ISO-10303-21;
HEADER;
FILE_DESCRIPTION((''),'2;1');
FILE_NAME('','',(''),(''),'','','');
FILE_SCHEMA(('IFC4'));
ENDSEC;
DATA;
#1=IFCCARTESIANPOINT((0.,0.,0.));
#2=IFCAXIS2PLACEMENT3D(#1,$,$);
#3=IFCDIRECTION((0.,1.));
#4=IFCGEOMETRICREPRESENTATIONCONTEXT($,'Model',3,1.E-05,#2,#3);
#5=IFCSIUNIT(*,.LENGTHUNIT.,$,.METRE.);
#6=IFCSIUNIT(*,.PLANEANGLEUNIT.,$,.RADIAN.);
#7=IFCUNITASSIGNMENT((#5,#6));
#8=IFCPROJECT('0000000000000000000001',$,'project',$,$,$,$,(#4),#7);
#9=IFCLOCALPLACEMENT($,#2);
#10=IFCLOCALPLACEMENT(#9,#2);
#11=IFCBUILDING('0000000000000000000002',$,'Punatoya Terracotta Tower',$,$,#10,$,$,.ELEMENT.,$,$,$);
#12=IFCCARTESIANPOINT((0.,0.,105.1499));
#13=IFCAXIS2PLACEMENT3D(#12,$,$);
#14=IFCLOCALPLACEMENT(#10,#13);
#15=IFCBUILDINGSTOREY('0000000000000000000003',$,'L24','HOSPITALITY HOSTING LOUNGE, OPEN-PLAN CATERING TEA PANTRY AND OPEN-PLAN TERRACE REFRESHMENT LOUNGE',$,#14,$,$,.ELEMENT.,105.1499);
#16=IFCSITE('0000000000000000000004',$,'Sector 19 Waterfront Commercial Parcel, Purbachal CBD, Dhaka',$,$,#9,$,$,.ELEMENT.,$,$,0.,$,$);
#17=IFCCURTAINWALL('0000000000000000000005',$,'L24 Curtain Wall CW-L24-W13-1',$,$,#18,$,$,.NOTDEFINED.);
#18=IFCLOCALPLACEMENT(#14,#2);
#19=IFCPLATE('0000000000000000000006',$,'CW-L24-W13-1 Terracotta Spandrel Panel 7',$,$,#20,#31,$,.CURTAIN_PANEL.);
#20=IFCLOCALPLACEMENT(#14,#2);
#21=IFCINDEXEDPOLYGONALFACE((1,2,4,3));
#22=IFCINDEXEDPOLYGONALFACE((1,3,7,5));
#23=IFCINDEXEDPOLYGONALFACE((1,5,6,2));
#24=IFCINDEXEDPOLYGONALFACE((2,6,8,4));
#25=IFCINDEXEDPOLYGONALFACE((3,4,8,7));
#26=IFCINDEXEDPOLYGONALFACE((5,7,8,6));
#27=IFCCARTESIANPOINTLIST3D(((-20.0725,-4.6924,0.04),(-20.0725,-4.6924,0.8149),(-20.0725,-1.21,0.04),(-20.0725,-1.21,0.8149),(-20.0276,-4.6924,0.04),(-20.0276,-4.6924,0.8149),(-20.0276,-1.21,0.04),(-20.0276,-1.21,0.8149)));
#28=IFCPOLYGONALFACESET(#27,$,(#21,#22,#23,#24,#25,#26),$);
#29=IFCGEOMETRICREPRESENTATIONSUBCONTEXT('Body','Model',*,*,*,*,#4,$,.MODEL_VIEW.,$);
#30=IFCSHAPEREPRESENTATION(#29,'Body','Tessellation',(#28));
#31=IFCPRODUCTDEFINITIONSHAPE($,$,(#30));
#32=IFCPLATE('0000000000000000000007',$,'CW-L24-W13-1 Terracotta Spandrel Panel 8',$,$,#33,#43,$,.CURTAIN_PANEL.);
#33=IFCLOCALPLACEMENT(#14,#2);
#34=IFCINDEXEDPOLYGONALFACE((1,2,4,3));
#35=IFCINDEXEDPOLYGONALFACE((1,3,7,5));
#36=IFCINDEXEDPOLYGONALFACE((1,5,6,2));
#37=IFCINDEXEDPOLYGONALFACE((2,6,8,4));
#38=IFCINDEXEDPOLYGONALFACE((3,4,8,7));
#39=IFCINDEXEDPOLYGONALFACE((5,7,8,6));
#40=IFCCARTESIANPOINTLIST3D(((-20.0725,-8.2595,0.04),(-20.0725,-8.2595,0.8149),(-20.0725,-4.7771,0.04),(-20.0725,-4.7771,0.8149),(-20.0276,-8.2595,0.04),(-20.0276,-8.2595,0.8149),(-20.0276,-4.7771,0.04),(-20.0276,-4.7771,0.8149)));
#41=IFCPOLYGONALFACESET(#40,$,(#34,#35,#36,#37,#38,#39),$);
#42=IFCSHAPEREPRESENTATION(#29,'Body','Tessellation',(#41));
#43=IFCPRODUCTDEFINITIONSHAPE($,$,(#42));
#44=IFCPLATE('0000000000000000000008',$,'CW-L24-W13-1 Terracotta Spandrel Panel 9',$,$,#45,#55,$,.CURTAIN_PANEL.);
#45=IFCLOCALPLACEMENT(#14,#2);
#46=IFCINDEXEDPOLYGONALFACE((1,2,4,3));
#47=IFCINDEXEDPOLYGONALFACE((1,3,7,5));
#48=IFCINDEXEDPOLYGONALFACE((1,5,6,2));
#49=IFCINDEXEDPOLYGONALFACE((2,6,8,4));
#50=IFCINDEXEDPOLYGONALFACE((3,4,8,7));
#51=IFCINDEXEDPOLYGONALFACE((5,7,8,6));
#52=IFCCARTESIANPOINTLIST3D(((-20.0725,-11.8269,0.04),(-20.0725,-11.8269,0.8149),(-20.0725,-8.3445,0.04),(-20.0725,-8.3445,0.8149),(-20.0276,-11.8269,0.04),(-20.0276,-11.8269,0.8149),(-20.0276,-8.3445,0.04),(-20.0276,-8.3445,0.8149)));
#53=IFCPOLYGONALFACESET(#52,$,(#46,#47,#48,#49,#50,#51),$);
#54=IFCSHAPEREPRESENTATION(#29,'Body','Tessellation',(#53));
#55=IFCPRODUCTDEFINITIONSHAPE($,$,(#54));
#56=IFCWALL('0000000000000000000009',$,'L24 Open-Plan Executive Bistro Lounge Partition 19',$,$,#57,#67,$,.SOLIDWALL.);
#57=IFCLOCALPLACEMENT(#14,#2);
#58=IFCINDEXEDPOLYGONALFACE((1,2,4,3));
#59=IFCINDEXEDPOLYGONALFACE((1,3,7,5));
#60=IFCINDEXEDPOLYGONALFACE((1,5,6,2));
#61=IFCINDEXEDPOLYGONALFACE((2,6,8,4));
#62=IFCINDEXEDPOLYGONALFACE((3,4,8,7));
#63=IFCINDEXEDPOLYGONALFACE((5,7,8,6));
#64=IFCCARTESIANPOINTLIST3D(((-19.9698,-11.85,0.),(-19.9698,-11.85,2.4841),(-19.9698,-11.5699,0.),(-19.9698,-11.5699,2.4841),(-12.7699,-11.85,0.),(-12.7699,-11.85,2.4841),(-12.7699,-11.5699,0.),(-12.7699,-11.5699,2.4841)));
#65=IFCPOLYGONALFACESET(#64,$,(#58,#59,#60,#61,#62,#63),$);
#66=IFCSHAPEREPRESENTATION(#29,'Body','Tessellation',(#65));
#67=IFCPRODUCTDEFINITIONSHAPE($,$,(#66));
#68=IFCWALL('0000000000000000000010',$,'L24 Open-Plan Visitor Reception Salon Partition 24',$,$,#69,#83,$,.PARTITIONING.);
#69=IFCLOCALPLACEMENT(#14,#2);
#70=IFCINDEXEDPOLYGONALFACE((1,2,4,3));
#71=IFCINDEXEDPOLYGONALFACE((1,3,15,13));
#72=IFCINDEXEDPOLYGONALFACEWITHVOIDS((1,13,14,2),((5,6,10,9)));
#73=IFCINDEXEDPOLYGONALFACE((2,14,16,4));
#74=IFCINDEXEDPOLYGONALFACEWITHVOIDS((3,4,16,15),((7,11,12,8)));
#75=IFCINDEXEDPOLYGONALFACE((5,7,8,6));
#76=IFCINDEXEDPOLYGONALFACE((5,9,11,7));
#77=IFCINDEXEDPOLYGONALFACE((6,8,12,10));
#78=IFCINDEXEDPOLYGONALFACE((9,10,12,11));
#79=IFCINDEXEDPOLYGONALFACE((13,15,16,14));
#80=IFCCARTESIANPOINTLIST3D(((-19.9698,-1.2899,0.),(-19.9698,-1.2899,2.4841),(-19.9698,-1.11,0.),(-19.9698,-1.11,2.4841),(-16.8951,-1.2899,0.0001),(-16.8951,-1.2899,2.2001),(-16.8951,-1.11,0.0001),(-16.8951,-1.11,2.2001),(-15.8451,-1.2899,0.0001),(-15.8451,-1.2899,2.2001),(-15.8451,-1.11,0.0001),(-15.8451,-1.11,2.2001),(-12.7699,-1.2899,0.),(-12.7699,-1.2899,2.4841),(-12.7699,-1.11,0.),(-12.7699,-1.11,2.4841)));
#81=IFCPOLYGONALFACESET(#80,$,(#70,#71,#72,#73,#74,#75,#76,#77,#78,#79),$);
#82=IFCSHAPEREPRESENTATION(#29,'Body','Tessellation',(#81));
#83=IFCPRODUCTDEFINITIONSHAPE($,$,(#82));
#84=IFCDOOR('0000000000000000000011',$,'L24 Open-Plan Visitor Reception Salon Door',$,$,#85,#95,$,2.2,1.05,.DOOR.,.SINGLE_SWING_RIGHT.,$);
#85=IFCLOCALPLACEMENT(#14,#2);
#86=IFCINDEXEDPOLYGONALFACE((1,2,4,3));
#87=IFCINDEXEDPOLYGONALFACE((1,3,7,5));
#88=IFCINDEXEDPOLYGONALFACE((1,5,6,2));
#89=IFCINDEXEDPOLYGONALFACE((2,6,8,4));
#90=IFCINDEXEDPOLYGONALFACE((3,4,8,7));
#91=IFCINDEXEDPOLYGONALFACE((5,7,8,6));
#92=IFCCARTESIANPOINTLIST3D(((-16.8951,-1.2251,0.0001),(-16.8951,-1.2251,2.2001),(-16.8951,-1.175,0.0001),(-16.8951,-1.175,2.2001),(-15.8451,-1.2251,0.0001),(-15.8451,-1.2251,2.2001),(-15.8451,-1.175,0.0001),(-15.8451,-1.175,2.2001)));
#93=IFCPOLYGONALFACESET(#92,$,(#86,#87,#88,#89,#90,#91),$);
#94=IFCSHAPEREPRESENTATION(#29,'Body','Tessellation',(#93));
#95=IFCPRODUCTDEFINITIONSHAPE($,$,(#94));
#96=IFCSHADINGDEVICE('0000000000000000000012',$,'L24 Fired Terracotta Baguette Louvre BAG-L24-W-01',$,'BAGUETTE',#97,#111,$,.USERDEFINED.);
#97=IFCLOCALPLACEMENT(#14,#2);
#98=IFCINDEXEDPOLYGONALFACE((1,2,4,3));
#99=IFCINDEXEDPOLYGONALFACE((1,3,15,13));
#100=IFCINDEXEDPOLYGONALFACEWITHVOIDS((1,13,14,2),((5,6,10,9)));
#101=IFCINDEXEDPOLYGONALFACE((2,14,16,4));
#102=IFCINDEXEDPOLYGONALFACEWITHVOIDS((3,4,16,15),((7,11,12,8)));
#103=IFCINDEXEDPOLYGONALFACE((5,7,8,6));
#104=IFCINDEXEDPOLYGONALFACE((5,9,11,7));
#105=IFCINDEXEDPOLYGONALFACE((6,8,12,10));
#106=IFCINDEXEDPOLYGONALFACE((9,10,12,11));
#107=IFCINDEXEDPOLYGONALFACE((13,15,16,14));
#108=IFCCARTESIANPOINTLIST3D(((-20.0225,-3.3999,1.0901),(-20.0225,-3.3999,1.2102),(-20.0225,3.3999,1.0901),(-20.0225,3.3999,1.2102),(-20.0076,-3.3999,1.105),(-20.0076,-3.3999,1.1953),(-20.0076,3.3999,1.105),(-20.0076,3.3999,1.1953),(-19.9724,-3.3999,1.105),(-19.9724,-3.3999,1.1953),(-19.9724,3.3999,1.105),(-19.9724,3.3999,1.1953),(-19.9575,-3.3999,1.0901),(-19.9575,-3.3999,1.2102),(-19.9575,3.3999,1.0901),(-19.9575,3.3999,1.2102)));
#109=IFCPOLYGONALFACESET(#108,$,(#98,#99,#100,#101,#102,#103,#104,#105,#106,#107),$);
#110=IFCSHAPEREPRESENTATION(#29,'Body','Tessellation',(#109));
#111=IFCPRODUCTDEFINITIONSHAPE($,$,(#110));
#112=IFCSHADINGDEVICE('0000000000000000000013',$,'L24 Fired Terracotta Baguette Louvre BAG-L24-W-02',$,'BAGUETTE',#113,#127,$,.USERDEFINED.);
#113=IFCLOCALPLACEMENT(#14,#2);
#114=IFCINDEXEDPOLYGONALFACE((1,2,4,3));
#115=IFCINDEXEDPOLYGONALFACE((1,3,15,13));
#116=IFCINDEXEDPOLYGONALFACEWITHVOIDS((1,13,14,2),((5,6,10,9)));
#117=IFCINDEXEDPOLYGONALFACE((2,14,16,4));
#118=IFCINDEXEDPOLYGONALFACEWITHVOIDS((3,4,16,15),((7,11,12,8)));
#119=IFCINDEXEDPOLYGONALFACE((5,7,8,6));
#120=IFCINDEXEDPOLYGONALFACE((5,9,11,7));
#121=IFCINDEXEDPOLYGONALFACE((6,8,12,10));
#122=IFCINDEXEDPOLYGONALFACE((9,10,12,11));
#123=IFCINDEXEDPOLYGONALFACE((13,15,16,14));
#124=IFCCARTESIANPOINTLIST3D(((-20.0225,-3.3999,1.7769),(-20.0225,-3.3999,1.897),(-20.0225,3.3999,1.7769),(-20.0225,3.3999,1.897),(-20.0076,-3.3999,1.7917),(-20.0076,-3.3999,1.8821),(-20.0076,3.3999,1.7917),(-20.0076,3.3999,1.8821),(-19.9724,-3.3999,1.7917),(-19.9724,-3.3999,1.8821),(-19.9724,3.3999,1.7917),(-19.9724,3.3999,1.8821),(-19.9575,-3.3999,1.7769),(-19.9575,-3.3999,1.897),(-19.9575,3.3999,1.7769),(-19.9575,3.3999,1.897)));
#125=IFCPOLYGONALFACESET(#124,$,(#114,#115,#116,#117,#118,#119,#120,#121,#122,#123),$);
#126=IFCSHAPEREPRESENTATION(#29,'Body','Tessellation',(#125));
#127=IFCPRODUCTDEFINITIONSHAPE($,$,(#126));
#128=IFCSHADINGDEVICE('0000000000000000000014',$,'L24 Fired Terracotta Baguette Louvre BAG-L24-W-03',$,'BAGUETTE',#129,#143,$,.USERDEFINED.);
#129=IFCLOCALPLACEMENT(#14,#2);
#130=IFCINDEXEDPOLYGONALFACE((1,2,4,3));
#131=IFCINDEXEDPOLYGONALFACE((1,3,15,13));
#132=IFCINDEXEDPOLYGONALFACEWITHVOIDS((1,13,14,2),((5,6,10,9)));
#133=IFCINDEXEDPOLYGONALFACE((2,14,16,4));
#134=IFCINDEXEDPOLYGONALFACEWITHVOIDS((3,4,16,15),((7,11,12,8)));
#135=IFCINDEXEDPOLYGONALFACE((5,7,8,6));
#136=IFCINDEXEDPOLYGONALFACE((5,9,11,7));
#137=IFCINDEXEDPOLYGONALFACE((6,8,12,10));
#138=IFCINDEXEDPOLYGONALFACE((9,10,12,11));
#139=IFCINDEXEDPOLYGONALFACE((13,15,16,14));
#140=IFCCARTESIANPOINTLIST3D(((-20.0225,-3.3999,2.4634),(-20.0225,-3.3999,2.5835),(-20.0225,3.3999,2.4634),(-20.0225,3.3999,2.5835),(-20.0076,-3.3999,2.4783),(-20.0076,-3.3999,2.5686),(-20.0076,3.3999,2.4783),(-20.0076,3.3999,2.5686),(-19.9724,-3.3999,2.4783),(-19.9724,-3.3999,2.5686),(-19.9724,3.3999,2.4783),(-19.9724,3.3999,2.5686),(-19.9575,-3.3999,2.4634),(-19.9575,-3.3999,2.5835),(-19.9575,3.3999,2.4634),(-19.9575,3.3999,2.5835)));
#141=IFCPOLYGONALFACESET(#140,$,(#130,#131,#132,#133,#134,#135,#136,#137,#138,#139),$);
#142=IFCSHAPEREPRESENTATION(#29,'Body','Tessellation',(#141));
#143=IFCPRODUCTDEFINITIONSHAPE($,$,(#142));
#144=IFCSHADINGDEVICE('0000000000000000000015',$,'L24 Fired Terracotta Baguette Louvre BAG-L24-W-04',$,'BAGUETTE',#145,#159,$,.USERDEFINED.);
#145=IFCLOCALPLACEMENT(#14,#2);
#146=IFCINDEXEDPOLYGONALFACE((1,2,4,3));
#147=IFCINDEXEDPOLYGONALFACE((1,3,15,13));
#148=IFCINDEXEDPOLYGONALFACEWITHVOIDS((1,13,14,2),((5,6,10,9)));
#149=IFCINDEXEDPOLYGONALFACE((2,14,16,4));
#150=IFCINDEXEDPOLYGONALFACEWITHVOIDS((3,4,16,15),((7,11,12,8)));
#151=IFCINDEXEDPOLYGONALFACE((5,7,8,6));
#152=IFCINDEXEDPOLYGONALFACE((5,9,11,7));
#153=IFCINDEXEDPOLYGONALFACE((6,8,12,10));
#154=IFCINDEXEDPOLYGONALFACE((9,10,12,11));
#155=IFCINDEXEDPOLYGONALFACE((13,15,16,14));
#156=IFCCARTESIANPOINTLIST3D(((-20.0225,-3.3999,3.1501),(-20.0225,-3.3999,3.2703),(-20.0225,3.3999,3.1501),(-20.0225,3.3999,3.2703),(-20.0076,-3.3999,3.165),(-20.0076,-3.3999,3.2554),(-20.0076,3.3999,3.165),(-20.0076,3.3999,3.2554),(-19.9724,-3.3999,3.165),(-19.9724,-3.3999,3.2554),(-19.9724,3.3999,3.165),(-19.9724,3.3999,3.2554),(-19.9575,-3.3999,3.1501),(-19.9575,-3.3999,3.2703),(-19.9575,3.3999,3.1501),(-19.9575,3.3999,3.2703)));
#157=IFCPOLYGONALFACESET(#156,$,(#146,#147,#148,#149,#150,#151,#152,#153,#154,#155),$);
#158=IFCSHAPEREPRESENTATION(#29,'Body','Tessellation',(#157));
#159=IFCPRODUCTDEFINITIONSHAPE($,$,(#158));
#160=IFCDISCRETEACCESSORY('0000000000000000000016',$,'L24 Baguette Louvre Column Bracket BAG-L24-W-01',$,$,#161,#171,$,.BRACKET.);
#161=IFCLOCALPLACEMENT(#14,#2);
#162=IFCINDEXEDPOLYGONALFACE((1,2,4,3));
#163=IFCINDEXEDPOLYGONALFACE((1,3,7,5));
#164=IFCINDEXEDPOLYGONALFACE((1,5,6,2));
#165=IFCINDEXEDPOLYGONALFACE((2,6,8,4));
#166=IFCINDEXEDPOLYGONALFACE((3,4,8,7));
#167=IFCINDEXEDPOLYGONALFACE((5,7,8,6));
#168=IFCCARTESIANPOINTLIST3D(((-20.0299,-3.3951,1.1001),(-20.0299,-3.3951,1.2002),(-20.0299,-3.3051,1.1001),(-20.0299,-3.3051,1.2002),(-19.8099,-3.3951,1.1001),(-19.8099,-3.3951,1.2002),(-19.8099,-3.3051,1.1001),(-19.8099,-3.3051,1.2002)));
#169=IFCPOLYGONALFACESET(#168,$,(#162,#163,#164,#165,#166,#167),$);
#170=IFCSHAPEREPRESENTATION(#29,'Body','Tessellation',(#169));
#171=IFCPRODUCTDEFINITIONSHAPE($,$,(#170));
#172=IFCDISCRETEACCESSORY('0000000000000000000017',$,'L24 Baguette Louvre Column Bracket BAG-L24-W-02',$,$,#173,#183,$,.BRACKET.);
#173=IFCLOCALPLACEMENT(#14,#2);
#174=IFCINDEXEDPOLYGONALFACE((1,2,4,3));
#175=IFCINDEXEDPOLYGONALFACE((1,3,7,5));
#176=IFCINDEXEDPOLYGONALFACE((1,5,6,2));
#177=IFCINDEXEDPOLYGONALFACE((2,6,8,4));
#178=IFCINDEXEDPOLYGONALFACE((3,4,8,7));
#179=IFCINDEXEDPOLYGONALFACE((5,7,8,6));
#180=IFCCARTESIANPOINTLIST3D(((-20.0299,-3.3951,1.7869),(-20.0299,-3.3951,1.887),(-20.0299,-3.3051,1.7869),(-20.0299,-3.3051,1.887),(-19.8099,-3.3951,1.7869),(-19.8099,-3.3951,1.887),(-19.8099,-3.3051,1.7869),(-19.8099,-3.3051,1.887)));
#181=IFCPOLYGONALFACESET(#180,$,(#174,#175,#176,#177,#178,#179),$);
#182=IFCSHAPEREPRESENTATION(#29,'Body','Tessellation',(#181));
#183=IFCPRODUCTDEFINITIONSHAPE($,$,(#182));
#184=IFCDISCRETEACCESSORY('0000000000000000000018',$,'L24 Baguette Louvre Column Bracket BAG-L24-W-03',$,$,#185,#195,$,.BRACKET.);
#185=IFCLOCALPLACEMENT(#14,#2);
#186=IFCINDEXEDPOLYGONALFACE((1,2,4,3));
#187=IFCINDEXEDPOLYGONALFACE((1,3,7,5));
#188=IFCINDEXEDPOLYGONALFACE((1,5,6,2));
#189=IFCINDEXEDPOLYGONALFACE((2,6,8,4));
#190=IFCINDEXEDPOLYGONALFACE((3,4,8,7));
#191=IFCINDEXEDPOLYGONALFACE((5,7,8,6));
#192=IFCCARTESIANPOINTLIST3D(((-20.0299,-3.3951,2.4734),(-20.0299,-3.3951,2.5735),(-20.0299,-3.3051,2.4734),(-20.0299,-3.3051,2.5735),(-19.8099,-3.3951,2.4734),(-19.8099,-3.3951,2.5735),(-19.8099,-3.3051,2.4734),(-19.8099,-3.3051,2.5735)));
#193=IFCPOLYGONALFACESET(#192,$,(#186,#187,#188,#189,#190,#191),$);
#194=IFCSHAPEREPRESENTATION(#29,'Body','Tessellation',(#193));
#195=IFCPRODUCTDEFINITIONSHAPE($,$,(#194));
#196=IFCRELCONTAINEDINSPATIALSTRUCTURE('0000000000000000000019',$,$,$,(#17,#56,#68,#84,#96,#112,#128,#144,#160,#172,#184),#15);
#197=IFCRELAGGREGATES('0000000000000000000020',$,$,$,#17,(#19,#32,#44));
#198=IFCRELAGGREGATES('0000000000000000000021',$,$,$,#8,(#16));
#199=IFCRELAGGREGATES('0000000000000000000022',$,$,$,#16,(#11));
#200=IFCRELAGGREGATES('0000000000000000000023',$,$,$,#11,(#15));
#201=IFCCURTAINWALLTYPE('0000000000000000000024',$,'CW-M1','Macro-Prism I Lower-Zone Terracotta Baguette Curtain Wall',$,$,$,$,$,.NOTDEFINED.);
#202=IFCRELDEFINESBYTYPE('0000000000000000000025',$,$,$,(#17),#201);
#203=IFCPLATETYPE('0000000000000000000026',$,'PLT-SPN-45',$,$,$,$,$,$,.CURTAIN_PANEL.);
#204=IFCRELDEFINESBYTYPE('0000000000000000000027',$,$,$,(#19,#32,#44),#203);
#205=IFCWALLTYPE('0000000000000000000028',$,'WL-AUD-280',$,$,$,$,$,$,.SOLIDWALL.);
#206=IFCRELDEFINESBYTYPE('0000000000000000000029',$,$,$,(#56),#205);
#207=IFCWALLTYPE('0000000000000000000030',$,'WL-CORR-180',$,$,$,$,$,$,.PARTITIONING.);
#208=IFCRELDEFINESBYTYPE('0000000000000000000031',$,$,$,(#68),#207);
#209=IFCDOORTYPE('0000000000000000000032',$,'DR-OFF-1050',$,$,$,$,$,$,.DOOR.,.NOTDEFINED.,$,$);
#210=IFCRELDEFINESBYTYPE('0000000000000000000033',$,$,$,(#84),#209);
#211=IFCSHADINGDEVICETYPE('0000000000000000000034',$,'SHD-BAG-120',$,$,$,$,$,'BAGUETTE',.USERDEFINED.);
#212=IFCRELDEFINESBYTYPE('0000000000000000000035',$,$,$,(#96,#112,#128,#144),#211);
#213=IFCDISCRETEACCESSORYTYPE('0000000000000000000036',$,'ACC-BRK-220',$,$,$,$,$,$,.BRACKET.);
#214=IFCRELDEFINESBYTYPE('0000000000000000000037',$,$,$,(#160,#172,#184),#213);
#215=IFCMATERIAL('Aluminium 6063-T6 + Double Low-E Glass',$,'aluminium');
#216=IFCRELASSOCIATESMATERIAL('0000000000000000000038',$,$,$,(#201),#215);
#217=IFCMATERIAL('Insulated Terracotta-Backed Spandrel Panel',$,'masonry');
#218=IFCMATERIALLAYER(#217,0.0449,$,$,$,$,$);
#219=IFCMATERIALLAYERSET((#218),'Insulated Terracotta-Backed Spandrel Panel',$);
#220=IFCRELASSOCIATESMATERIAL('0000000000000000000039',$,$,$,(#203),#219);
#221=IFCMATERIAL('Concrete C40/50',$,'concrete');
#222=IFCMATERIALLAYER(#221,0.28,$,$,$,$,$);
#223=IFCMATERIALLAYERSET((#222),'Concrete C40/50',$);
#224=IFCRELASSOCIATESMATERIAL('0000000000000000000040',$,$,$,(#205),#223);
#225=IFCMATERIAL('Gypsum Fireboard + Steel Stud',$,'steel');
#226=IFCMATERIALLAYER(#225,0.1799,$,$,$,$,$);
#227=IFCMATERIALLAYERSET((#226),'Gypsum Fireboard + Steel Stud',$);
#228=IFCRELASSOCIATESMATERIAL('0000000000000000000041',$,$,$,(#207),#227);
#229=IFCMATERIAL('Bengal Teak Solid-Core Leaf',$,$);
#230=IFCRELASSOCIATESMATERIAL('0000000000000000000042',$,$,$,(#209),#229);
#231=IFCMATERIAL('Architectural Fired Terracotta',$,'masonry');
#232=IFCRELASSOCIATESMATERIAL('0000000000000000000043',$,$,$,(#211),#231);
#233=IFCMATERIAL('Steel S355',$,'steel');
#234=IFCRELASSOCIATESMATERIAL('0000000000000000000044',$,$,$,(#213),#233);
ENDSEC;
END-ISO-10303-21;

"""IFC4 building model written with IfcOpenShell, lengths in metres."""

from ifc_helpers import new_model, si_unit, direction, frame, frame_2d, origin, origin_2d, place, context, subcontext, project, spatial, rectangle, hollow_rectangle, extrude, material, layer, layer_set, material_profile, profile_set, type_object, element, fill, aggregate, save


model = new_model("IFC4")

# Units and contexts
model_context = context("Model", 3, precision=1e-05, world=origin(), true_north=direction((0.0, 1.0)))
body_context = subcontext(model_context, "Body", "Model", "MODEL_VIEW")
ifc_project = project(units=[si_unit("LENGTHUNIT", "METRE"), si_unit("PLANEANGLEUNIT", "RADIAN")], contexts=[model_context])

# Site, building, storey
site_placement = place(None, origin())
site = spatial("IfcSite", under=ifc_project, at=site_placement, Name="Sector 19 Waterfront Commercial Parcel, Purbachal CBD, Dhaka", CompositionType="ELEMENT", RefElevation=0.0)
building_placement = place(site_placement, origin())
building = spatial("IfcBuilding", under=site, at=building_placement, Name="Punatoya Terracotta Tower", CompositionType="ELEMENT")
storey_placement = place(building_placement, frame((0.0, 0.0, 105.1499)))
storey = spatial("IfcBuildingStorey", under=building, at=storey_placement, Name="L24", Description="HOSPITALITY HOSTING LOUNGE, OPEN-PLAN CATERING TEA PANTRY AND OPEN-PLAN TERRACE REFRESHMENT LOUNGE", CompositionType="ELEMENT", Elevation=105.1499)

# Shared definitions
ifc_material_1 = material(Name="Steel S355", Category="steel")

# Curtain wall
ifc_material_2 = material(Name="Aluminium 6063-T6 + Double Low-E Glass", Category="aluminium")
curtain_wall_type = type_object("IfcCurtainWallType", Name="CW-M1", Description="Macro-Prism I Lower-Zone Terracotta Baguette Curtain Wall", PredefinedType="NOTDEFINED", material=ifc_material_2)
curtain_wall_placement = place(storey_placement, origin())
curtain_wall = element("IfcCurtainWall", 1, at=curtain_wall_placement, inside=storey, type_object=curtain_wall_type, Name="L24 Curtain Wall CW-L24-W13-1", PredefinedType="NOTDEFINED")

# Plates
ifc_material_3 = material(Name="Insulated Terracotta-Backed Spandrel Panel", Category="masonry")
ifc_layer_1 = layer(ifc_material_3, 0.0449)
ifc_layer_set_1 = layer_set([ifc_layer_1], Name="Insulated Terracotta-Backed Spandrel Panel")
plate_type_1 = type_object("IfcPlateType", Name="PLT-SPN-45", PredefinedType="CURTAIN_PANEL", material=ifc_layer_set_1)
plate_1_placement = place(storey_placement, frame((-20.05, -2.9512, 0.04), z_axis=(0.0, 0.0, 1.0), x_axis=(0.0, -1.0, 0.0)))
plate_1 = element("IfcPlate", 2, at=plate_1_placement, type_object=plate_type_1, Name="CW-L24-W13-1 Terracotta Spandrel Panel 7", PredefinedType="CURTAIN_PANEL", context=body_context, shape_type="SweptSolid", body=[
    extrude(rectangle(XDim=3.4824, YDim=0.0449, at=origin_2d()), origin(), (0.0, 0.0, 1.0), 0.7749),
])
plate_2_placement = place(storey_placement, frame((-20.05, -6.5183, 0.04), z_axis=(0.0, 0.0, 1.0), x_axis=(0.0, -1.0, 0.0)))
plate_2 = element("IfcPlate", 3, at=plate_2_placement, type_object=plate_type_1, Name="CW-L24-W13-1 Terracotta Spandrel Panel 8", PredefinedType="CURTAIN_PANEL", context=body_context, shape_type="SweptSolid", body=[
    extrude(rectangle(XDim=3.4824, YDim=0.0449, at=origin_2d()), origin(), (0.0, 0.0, 1.0), 0.7749),
])
plate_3_placement = place(storey_placement, frame((-20.05, -10.0857, 0.04), z_axis=(0.0, 0.0, 1.0), x_axis=(0.0, -1.0, 0.0)))
plate_3 = element("IfcPlate", 4, at=plate_3_placement, type_object=plate_type_1, Name="CW-L24-W13-1 Terracotta Spandrel Panel 9", PredefinedType="CURTAIN_PANEL", context=body_context, shape_type="SweptSolid", body=[
    extrude(rectangle(XDim=3.4824, YDim=0.0449, at=origin_2d()), origin(), (0.0, 0.0, 1.0), 0.7749),
])
aggregate(curtain_wall, [plate_1, plate_2, plate_3])

# Wall
ifc_material_4 = material(Name="Concrete C40/50", Category="concrete")
ifc_layer_2 = layer(ifc_material_4, 0.28)
ifc_layer_set_2 = layer_set([ifc_layer_2], Name="Concrete C40/50")
wall_type_1 = type_object("IfcWallType", Name="WL-AUD-280", PredefinedType="SOLIDWALL", material=ifc_layer_set_2)
wall_1_placement = place(storey_placement, frame((-19.97, -11.71, 0.0), z_axis=(0.0, 0.0, 1.0), x_axis=(1.0, 0.0, 0.0)))
element("IfcWall", 5, at=wall_1_placement, inside=storey, type_object=wall_type_1, Name="L24 Open-Plan Executive Bistro Lounge Partition 19", PredefinedType="SOLIDWALL", context=body_context, shape_type="SweptSolid", body=[
    extrude(rectangle(XDim=7.2, YDim=0.28, at=frame_2d((3.6001, 0.0))), origin(), (0.0, 0.0, 1.0), 2.4841),
])

# Wall, opening, door
ifc_material_5 = material(Name="Gypsum Fireboard + Steel Stud", Category="steel")
ifc_layer_3 = layer(ifc_material_5, 0.1799)
ifc_layer_set_3 = layer_set([ifc_layer_3], Name="Gypsum Fireboard + Steel Stud")
wall_type_2 = type_object("IfcWallType", Name="WL-CORR-180", PredefinedType="PARTITIONING", material=ifc_layer_set_3)
wall_2_placement = place(storey_placement, frame((-19.97, -1.2, 0.0), z_axis=(0.0, 0.0, 1.0), x_axis=(1.0, 0.0, 0.0)))
wall_2 = element("IfcWall", 6, at=wall_2_placement, inside=storey, type_object=wall_type_2, Name="L24 Open-Plan Visitor Reception Salon Partition 24", PredefinedType="PARTITIONING", context=body_context, shape_type="SweptSolid", body=[
    extrude(rectangle(XDim=7.2, YDim=0.1799, at=frame_2d((3.6001, 0.0))), origin(), (0.0, 0.0, 1.0), 2.4841),
])
opening_placement = place(wall_2_placement, frame((3.075, 0.0, 0.0)))
opening = element("IfcOpeningElement", 7, at=opening_placement, cuts=wall_2, PredefinedType="OPENING", context=body_context, shape_type="SweptSolid", body=[
    extrude(rectangle(XDim=1.05, YDim=2.2, at=frame_2d((0.5249, 1.1001))), frame((0.0, 0.0999, 0.0), z_axis=(0.0, -1.0, 0.0), x_axis=(1.0, 0.0, 0.0)), (0.0, 0.0, 1.0), 0.2),
])
ifc_material_6 = material(Name="Bengal Teak Solid-Core Leaf")
door_type = type_object("IfcDoorType", Name="DR-OFF-1050", OperationType="NOTDEFINED", PredefinedType="DOOR", material=ifc_material_6)
door_placement = place(opening_placement, origin())
door = element("IfcDoor", 8, at=door_placement, inside=storey, type_object=door_type, Name="L24 Open-Plan Visitor Reception Salon Door", OperationType="SINGLE_SWING_RIGHT", OverallHeight=2.2, OverallWidth=1.05, PredefinedType="DOOR", context=body_context, shape_type="SweptSolid", body=[
    extrude(rectangle(XDim=1.05, YDim=2.2, at=frame_2d((0.5249, 1.1001))), frame((0.0, 0.0249, 0.0), z_axis=(0.0, -1.0, 0.0), x_axis=(1.0, 0.0, 0.0)), (0.0, 0.0, 1.0), 0.05),
])
fill(opening, door)

# Shading devices
ifc_material_7 = material(Name="Architectural Fired Terracotta", Category="masonry")
ifc_material_profile_1 = material_profile(ifc_material_7, hollow_rectangle(XDim=0.0649, YDim=0.1201, WallThickness=0.0149, at=origin_2d()))
ifc_profile_set_1 = profile_set([ifc_material_profile_1], Name="Architectural Fired Terracotta")
shading_device_type = type_object("IfcShadingDeviceType", Name="SHD-BAG-120", ElementType="BAGUETTE", PredefinedType="USERDEFINED", material=ifc_profile_set_1)
for number, where, z_axis, x_axis, name in (
    (9, (-19.99, -3.3999, 1.1501), (0.0, 1.0, 0.0), (-1.0, 0.0, 0.0), "L24 Fired Terracotta Baguette Louvre BAG-L24-W-01"),
    (10, (-19.99, -3.3999, 1.8369), (0.0, 1.0, 0.0), (-1.0, 0.0, 0.0), "L24 Fired Terracotta Baguette Louvre BAG-L24-W-02"),
    (11, (-19.99, -3.3999, 2.5234), (0.0, 1.0, 0.0), (-1.0, 0.0, 0.0), "L24 Fired Terracotta Baguette Louvre BAG-L24-W-03"),
    (12, (-19.99, -3.3999, 3.2102), (0.0, 1.0, 0.0), (-1.0, 0.0, 0.0), "L24 Fired Terracotta Baguette Louvre BAG-L24-W-04"),
):
    element("IfcShadingDevice", number, at=place(storey_placement, frame(where, z_axis=z_axis, x_axis=x_axis)), inside=storey, type_object=shading_device_type, Name=name, ObjectType="BAGUETTE", PredefinedType="USERDEFINED", context=body_context, shape_type="SweptSolid", body=[
        extrude(hollow_rectangle(XDim=0.0649, YDim=0.1201, WallThickness=0.0149, at=origin_2d()), origin(), (0.0, 0.0, 1.0), 6.7998),
    ])

# Discrete accessories
discrete_accessory_type = type_object("IfcDiscreteAccessoryType", Name="ACC-BRK-220", PredefinedType="BRACKET", material=ifc_material_1)
for number, where, z_axis, x_axis, name in (
    (13, (-19.9199, -3.3501, 1.1001), (0.0, 0.0, 1.0), (0.0, 1.0, 0.0), "L24 Baguette Louvre Column Bracket BAG-L24-W-01"),
    (14, (-19.9199, -3.3501, 1.7869), (0.0, 0.0, 1.0), (0.0, 1.0, 0.0), "L24 Baguette Louvre Column Bracket BAG-L24-W-02"),
    (15, (-19.9199, -3.3501, 2.4734), (0.0, 0.0, 1.0), (0.0, 1.0, 0.0), "L24 Baguette Louvre Column Bracket BAG-L24-W-03"),
):
    element("IfcDiscreteAccessory", number, at=place(storey_placement, frame(where, z_axis=z_axis, x_axis=x_axis)), inside=storey, type_object=discrete_accessory_type, Name=name, PredefinedType="BRACKET", context=body_context, shape_type="SweptSolid", body=[
        extrude(rectangle(XDim=0.0901, YDim=0.22, at=origin_2d()), origin(), (0.0, 0.0, 1.0), 0.1001),
    ])

save(model, "model.ifc")
